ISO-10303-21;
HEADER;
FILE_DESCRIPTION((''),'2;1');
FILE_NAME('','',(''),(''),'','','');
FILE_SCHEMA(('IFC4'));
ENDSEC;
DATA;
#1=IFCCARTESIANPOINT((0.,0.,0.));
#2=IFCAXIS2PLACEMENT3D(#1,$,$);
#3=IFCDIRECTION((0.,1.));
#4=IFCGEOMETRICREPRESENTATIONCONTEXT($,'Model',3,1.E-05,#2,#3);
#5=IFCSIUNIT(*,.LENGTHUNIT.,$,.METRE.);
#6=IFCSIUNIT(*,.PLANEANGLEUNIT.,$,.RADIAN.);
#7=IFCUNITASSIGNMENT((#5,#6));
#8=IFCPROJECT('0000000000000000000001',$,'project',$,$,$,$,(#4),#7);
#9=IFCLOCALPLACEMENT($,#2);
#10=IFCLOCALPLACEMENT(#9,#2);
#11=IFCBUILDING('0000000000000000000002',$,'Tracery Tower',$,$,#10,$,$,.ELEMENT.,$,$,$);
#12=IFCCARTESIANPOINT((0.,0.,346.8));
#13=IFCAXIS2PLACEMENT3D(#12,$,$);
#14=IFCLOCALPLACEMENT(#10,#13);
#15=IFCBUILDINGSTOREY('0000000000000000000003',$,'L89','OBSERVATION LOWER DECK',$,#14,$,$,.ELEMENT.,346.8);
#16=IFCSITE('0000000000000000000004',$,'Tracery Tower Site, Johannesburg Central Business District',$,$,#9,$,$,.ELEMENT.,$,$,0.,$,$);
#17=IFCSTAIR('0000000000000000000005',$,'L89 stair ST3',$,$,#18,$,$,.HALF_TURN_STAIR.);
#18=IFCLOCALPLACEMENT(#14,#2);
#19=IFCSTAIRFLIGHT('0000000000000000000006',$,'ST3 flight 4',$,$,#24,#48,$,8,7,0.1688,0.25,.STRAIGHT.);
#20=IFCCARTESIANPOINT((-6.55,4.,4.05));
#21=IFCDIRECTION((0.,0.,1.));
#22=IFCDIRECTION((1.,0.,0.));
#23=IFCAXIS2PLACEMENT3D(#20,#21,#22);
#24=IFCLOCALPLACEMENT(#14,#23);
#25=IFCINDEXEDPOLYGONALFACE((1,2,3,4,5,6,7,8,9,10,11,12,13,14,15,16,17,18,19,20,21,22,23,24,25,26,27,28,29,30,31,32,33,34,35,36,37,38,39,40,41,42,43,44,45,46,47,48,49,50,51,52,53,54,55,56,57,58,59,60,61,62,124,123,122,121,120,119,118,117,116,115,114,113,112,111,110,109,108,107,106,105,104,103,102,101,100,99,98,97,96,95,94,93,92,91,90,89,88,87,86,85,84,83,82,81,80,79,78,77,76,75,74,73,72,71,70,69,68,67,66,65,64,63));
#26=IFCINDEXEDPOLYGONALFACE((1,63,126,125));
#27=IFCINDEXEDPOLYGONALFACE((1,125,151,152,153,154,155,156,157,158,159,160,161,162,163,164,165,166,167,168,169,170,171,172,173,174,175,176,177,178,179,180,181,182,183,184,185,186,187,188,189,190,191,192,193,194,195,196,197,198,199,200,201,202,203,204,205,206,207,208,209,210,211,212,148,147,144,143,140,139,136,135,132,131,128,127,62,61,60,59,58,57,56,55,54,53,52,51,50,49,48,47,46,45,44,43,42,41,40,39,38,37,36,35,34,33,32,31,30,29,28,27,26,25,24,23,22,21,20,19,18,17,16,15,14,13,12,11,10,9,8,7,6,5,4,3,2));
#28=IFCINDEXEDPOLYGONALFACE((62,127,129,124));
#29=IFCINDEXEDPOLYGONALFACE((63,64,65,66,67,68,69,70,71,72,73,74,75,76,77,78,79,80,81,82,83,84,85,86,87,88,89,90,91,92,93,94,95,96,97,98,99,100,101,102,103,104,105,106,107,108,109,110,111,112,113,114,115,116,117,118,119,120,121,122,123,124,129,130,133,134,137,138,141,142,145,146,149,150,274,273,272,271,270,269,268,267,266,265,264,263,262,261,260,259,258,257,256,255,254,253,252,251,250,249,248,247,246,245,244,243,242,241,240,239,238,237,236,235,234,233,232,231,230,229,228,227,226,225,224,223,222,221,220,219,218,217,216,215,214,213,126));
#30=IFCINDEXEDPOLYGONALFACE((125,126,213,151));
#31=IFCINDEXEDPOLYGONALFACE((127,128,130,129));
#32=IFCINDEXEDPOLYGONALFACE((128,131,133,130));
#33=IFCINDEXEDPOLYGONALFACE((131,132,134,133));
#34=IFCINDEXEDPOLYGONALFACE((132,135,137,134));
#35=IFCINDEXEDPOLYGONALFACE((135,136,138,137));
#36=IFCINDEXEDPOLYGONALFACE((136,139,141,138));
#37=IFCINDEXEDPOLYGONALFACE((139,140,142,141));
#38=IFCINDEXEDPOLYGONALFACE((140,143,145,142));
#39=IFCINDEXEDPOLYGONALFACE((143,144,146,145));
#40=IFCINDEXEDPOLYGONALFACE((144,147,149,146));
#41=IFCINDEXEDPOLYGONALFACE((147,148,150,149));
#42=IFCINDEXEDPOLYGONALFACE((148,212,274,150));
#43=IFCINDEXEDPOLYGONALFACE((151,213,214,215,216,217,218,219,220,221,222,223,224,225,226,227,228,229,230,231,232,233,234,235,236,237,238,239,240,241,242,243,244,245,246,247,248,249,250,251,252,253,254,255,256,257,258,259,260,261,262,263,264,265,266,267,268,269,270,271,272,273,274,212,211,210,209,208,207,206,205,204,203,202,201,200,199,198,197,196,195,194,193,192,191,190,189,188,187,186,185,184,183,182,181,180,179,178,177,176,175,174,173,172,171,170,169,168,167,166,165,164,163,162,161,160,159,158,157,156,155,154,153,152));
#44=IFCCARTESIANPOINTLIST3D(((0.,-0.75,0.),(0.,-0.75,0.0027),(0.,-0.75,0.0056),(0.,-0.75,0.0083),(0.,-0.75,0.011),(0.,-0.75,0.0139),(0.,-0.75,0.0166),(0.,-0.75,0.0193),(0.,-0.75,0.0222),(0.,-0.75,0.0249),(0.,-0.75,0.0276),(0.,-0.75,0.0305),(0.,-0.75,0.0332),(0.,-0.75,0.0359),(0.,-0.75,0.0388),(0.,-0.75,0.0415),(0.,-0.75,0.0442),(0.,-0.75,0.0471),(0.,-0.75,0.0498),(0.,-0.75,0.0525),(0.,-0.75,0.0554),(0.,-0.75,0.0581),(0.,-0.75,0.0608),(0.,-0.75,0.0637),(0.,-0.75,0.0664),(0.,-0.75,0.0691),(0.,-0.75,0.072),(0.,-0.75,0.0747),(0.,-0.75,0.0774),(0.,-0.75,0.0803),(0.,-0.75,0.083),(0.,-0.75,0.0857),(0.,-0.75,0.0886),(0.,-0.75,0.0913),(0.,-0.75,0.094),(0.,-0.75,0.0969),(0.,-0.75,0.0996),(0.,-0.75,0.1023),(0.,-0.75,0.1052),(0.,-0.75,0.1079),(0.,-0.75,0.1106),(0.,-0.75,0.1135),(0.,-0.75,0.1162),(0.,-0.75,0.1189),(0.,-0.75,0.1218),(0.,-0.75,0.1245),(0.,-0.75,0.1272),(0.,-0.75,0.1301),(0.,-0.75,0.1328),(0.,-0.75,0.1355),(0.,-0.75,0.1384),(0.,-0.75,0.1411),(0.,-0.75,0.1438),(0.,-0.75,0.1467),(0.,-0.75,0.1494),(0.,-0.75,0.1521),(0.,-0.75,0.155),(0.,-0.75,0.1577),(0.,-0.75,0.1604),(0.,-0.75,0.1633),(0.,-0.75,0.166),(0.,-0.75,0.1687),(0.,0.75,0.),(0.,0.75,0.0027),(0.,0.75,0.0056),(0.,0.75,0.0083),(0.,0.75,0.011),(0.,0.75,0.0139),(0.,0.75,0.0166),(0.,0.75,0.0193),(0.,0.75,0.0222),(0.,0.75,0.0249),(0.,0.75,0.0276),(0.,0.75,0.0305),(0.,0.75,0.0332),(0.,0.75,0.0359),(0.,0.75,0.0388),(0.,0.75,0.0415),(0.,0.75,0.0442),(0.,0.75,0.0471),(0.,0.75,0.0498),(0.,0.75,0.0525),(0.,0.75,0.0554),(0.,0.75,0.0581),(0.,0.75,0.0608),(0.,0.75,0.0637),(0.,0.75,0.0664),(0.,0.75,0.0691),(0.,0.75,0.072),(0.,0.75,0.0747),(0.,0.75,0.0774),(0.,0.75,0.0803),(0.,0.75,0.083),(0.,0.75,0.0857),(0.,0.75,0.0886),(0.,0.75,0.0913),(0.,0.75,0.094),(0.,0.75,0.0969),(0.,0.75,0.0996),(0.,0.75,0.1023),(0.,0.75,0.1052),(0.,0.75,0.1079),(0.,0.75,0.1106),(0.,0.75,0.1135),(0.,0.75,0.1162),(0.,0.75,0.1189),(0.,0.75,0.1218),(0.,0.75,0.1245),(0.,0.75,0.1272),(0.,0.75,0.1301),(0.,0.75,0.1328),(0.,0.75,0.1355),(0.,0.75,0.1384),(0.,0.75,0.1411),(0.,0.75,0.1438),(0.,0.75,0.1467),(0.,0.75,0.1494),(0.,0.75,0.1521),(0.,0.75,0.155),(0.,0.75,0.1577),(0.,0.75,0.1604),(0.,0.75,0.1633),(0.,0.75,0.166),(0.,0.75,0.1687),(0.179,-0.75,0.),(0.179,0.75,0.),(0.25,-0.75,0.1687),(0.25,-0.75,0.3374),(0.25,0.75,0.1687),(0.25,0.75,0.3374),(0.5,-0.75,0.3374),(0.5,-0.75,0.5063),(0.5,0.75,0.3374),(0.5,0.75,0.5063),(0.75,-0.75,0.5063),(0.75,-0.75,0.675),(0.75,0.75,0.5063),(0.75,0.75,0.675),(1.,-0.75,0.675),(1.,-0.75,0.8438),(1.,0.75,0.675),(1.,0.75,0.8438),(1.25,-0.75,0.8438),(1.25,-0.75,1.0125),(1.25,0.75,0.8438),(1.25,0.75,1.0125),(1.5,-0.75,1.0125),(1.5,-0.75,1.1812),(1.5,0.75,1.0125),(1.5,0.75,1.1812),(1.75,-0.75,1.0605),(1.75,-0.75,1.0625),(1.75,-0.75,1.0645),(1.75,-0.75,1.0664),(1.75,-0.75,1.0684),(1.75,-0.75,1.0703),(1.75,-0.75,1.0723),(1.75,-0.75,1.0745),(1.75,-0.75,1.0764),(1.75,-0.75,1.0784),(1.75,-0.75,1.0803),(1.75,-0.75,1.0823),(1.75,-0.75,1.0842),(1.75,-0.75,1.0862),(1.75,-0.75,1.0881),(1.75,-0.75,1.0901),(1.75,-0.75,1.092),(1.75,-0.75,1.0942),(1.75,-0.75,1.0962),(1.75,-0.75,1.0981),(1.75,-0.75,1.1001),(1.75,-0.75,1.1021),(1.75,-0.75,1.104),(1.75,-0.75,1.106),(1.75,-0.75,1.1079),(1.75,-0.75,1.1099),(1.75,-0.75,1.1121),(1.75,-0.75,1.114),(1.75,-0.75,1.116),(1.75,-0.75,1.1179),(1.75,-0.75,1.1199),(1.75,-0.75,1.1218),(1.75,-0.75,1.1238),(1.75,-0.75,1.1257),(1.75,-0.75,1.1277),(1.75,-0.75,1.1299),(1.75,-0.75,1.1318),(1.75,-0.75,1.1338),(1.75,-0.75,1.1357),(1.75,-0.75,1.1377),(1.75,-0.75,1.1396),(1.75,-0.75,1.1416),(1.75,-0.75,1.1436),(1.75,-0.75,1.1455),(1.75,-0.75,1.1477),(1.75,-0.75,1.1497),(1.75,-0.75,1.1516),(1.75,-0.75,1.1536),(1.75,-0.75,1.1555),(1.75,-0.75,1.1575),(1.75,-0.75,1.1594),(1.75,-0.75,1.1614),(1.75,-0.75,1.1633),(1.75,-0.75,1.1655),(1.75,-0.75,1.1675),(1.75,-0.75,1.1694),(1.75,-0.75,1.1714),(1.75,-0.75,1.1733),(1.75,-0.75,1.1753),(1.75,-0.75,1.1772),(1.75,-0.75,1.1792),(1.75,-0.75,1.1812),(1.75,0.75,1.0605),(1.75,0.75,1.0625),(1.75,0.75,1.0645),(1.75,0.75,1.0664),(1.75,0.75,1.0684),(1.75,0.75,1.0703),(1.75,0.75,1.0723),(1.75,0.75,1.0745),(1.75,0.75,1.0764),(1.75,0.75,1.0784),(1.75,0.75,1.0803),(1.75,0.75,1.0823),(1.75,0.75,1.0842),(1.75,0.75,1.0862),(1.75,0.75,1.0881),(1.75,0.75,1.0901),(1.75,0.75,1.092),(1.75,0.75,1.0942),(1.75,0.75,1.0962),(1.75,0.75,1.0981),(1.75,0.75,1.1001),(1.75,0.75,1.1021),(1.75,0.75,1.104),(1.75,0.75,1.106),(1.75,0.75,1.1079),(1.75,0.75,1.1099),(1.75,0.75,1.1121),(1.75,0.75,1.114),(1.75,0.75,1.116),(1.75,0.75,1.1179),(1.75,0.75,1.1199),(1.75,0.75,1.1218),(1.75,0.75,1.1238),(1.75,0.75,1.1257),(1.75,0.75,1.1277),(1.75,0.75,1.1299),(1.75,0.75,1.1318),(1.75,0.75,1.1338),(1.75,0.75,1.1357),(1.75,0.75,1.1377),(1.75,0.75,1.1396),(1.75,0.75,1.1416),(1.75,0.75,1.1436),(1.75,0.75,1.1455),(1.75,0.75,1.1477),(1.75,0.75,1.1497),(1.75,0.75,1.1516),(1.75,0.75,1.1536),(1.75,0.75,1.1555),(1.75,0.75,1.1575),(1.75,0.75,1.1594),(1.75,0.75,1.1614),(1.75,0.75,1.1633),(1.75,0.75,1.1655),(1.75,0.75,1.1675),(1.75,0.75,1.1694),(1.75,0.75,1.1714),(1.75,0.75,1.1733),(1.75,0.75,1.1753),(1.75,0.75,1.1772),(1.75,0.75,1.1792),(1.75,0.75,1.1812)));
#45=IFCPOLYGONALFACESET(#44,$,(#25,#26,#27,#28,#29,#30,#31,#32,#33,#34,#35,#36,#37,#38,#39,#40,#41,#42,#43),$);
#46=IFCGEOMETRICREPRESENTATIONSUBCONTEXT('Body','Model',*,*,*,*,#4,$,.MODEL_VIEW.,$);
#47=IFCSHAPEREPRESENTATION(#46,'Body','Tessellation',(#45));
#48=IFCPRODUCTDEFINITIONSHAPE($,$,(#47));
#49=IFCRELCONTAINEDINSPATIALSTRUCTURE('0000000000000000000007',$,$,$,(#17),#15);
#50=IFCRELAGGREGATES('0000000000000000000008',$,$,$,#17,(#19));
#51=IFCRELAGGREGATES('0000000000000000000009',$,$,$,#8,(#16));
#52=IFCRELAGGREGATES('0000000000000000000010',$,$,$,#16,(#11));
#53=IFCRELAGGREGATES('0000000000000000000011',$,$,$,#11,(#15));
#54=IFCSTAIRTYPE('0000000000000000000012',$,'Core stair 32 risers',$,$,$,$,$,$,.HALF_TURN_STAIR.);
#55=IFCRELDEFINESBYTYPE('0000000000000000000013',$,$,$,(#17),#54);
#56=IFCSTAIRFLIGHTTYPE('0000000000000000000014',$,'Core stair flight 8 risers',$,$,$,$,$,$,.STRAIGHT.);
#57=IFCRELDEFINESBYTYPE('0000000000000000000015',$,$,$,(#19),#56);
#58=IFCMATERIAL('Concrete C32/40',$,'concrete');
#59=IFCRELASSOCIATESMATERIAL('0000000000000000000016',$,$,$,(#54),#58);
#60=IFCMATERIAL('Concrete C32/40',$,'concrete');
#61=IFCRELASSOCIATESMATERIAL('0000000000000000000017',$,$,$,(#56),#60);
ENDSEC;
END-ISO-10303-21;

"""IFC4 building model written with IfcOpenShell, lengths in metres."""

from ifc_helpers import new_model, si_unit, direction, frame, origin, place, context, subcontext, project, spatial, polyline, outline, extrude, material, type_object, element, aggregate, save


model = new_model("IFC4")

# Units and contexts
model_context = context("Model", 3, precision=1e-05, world=origin(), true_north=direction((0.0, 1.0)))
body_context = subcontext(model_context, "Body", "Model", "MODEL_VIEW")
ifc_project = project(units=[si_unit("LENGTHUNIT", "METRE"), si_unit("PLANEANGLEUNIT", "RADIAN")], contexts=[model_context])

# Site, building, storey
site_placement = place(None, origin())
site = spatial("IfcSite", under=ifc_project, at=site_placement, Name="Tracery Tower Site, Johannesburg Central Business District", CompositionType="ELEMENT", RefElevation=0.0)
building_placement = place(site_placement, origin())
building = spatial("IfcBuilding", under=site, at=building_placement, Name="Tracery Tower", CompositionType="ELEMENT")
storey_placement = place(building_placement, frame((0.0, 0.0, 346.8)))
storey = spatial("IfcBuildingStorey", under=building, at=storey_placement, Name="L89", Description="OBSERVATION LOWER DECK", CompositionType="ELEMENT", Elevation=346.8)

# Stair, stair flight
ifc_material_1 = material(Name="Concrete C32/40", Category="concrete")
stair_type = type_object("IfcStairType", Name="Core stair 32 risers", PredefinedType="HALF_TURN_STAIR", material=ifc_material_1)
stair_placement = place(storey_placement, origin())
stair = element("IfcStair", 1, at=stair_placement, inside=storey, type_object=stair_type, Name="L89 stair ST3", PredefinedType="HALF_TURN_STAIR")
ifc_material_2 = material(Name="Concrete C32/40", Category="concrete")
stair_flight_type = type_object("IfcStairFlightType", Name="Core stair flight 8 risers", PredefinedType="STRAIGHT", material=ifc_material_2)
stair_flight_1_placement = place(storey_placement, frame((-6.55, 4.0, 4.05), z_axis=(0.0, 0.0, 1.0), x_axis=(1.0, 0.0, 0.0)))
stair_flight_1 = element("IfcStairFlight", 2, at=stair_flight_1_placement, type_object=stair_flight_type, Name="ST3 flight 4", NumberOfRisers=8, NumberOfTreads=7, PredefinedType="STRAIGHT", RiserHeight=0.1688, TreadLength=0.25, context=body_context, shape_type="SweptSolid", body=[
    extrude(outline(polyline([(0.0, 0.0), (0.0, 0.0027), (0.0, 0.0056), (0.0, 0.0083), (0.0, 0.011), (0.0, 0.0139), (0.0, 0.0166), (0.0, 0.0193), (0.0, 0.0222), (0.0, 0.0249), (0.0, 0.0276), (0.0, 0.0305), (0.0, 0.0332), (0.0, 0.0359), (0.0, 0.0388), (0.0, 0.0415), (0.0, 0.0442), (0.0, 0.0471), (0.0, 0.0498), (0.0, 0.0525), (0.0, 0.0554), (0.0, 0.0581), (0.0, 0.0608), (0.0, 0.0637), (0.0, 0.0664), (0.0, 0.0691), (0.0, 0.072), (0.0, 0.0747), (0.0, 0.0774), (0.0, 0.0803), (0.0, 0.083), (0.0, 0.0857), (0.0, 0.0886), (0.0, 0.0913), (0.0, 0.094), (0.0, 0.0969), (0.0, 0.0996), (0.0, 0.1023), (0.0, 0.1052), (0.0, 0.1079), (0.0, 0.1106), (0.0, 0.1135), (0.0, 0.1162), (0.0, 0.1189), (0.0, 0.1218), (0.0, 0.1245), (0.0, 0.1272), (0.0, 0.1301), (0.0, 0.1328), (0.0, 0.1355), (0.0, 0.1384), (0.0, 0.1411), (0.0, 0.1438), (0.0, 0.1467), (0.0, 0.1494), (0.0, 0.1521), (0.0, 0.155), (0.0, 0.1577), (0.0, 0.1604), (0.0, 0.1633), (0.0, 0.166), (0.0, 0.1687), (0.25, 0.1687), (0.25, 0.3374), (0.5, 0.3374), (0.5, 0.5063), (0.75, 0.5063), (0.75, 0.675), (1.0, 0.675), (1.0, 0.8438), (1.25, 0.8438), (1.25, 1.0125), (1.5, 1.0125), (1.5, 1.1812), (1.75, 1.1812), (1.75, 1.1792), (1.75, 1.1772), (1.75, 1.1753), (1.75, 1.1733), (1.75, 1.1714), (1.75, 1.1694), (1.75, 1.1675), (1.75, 1.1655), (1.75, 1.1633), (1.75, 1.1614), (1.75, 1.1594), (1.75, 1.1575), (1.75, 1.1555), (1.75, 1.1536), (1.75, 1.1516), (1.75, 1.1497), (1.75, 1.1477), (1.75, 1.1455), (1.75, 1.1436), (1.75, 1.1416), (1.75, 1.1396), (1.75, 1.1377), (1.75, 1.1357), (1.75, 1.1338), (1.75, 1.1318), (1.75, 1.1299), (1.75, 1.1277), (1.75, 1.1257), (1.75, 1.1238), (1.75, 1.1218), (1.75, 1.1199), (1.75, 1.1179), (1.75, 1.116), (1.75, 1.114), (1.75, 1.1121), (1.75, 1.1099), (1.75, 1.1079), (1.75, 1.106), (1.75, 1.104), (1.75, 1.1021), (1.75, 1.1001), (1.75, 1.0981), (1.75, 1.0962), (1.75, 1.0942), (1.75, 1.092), (1.75, 1.0901), (1.75, 1.0881), (1.75, 1.0862), (1.75, 1.0842), (1.75, 1.0823), (1.75, 1.0803), (1.75, 1.0784), (1.75, 1.0764), (1.75, 1.0745), (1.75, 1.0723), (1.75, 1.0703), (1.75, 1.0684), (1.75, 1.0664), (1.75, 1.0645), (1.75, 1.0625), (1.75, 1.0605), (0.179, 0.0), (0.0, 0.0)])), frame((0.0, 0.75, 0.0), z_axis=(0.0, -1.0, 0.0), x_axis=(1.0, 0.0, 0.0)), (0.0, 0.0, 1.0), 1.5),
])
aggregate(stair, [stair_flight_1])

save(model, "model.ifc")
